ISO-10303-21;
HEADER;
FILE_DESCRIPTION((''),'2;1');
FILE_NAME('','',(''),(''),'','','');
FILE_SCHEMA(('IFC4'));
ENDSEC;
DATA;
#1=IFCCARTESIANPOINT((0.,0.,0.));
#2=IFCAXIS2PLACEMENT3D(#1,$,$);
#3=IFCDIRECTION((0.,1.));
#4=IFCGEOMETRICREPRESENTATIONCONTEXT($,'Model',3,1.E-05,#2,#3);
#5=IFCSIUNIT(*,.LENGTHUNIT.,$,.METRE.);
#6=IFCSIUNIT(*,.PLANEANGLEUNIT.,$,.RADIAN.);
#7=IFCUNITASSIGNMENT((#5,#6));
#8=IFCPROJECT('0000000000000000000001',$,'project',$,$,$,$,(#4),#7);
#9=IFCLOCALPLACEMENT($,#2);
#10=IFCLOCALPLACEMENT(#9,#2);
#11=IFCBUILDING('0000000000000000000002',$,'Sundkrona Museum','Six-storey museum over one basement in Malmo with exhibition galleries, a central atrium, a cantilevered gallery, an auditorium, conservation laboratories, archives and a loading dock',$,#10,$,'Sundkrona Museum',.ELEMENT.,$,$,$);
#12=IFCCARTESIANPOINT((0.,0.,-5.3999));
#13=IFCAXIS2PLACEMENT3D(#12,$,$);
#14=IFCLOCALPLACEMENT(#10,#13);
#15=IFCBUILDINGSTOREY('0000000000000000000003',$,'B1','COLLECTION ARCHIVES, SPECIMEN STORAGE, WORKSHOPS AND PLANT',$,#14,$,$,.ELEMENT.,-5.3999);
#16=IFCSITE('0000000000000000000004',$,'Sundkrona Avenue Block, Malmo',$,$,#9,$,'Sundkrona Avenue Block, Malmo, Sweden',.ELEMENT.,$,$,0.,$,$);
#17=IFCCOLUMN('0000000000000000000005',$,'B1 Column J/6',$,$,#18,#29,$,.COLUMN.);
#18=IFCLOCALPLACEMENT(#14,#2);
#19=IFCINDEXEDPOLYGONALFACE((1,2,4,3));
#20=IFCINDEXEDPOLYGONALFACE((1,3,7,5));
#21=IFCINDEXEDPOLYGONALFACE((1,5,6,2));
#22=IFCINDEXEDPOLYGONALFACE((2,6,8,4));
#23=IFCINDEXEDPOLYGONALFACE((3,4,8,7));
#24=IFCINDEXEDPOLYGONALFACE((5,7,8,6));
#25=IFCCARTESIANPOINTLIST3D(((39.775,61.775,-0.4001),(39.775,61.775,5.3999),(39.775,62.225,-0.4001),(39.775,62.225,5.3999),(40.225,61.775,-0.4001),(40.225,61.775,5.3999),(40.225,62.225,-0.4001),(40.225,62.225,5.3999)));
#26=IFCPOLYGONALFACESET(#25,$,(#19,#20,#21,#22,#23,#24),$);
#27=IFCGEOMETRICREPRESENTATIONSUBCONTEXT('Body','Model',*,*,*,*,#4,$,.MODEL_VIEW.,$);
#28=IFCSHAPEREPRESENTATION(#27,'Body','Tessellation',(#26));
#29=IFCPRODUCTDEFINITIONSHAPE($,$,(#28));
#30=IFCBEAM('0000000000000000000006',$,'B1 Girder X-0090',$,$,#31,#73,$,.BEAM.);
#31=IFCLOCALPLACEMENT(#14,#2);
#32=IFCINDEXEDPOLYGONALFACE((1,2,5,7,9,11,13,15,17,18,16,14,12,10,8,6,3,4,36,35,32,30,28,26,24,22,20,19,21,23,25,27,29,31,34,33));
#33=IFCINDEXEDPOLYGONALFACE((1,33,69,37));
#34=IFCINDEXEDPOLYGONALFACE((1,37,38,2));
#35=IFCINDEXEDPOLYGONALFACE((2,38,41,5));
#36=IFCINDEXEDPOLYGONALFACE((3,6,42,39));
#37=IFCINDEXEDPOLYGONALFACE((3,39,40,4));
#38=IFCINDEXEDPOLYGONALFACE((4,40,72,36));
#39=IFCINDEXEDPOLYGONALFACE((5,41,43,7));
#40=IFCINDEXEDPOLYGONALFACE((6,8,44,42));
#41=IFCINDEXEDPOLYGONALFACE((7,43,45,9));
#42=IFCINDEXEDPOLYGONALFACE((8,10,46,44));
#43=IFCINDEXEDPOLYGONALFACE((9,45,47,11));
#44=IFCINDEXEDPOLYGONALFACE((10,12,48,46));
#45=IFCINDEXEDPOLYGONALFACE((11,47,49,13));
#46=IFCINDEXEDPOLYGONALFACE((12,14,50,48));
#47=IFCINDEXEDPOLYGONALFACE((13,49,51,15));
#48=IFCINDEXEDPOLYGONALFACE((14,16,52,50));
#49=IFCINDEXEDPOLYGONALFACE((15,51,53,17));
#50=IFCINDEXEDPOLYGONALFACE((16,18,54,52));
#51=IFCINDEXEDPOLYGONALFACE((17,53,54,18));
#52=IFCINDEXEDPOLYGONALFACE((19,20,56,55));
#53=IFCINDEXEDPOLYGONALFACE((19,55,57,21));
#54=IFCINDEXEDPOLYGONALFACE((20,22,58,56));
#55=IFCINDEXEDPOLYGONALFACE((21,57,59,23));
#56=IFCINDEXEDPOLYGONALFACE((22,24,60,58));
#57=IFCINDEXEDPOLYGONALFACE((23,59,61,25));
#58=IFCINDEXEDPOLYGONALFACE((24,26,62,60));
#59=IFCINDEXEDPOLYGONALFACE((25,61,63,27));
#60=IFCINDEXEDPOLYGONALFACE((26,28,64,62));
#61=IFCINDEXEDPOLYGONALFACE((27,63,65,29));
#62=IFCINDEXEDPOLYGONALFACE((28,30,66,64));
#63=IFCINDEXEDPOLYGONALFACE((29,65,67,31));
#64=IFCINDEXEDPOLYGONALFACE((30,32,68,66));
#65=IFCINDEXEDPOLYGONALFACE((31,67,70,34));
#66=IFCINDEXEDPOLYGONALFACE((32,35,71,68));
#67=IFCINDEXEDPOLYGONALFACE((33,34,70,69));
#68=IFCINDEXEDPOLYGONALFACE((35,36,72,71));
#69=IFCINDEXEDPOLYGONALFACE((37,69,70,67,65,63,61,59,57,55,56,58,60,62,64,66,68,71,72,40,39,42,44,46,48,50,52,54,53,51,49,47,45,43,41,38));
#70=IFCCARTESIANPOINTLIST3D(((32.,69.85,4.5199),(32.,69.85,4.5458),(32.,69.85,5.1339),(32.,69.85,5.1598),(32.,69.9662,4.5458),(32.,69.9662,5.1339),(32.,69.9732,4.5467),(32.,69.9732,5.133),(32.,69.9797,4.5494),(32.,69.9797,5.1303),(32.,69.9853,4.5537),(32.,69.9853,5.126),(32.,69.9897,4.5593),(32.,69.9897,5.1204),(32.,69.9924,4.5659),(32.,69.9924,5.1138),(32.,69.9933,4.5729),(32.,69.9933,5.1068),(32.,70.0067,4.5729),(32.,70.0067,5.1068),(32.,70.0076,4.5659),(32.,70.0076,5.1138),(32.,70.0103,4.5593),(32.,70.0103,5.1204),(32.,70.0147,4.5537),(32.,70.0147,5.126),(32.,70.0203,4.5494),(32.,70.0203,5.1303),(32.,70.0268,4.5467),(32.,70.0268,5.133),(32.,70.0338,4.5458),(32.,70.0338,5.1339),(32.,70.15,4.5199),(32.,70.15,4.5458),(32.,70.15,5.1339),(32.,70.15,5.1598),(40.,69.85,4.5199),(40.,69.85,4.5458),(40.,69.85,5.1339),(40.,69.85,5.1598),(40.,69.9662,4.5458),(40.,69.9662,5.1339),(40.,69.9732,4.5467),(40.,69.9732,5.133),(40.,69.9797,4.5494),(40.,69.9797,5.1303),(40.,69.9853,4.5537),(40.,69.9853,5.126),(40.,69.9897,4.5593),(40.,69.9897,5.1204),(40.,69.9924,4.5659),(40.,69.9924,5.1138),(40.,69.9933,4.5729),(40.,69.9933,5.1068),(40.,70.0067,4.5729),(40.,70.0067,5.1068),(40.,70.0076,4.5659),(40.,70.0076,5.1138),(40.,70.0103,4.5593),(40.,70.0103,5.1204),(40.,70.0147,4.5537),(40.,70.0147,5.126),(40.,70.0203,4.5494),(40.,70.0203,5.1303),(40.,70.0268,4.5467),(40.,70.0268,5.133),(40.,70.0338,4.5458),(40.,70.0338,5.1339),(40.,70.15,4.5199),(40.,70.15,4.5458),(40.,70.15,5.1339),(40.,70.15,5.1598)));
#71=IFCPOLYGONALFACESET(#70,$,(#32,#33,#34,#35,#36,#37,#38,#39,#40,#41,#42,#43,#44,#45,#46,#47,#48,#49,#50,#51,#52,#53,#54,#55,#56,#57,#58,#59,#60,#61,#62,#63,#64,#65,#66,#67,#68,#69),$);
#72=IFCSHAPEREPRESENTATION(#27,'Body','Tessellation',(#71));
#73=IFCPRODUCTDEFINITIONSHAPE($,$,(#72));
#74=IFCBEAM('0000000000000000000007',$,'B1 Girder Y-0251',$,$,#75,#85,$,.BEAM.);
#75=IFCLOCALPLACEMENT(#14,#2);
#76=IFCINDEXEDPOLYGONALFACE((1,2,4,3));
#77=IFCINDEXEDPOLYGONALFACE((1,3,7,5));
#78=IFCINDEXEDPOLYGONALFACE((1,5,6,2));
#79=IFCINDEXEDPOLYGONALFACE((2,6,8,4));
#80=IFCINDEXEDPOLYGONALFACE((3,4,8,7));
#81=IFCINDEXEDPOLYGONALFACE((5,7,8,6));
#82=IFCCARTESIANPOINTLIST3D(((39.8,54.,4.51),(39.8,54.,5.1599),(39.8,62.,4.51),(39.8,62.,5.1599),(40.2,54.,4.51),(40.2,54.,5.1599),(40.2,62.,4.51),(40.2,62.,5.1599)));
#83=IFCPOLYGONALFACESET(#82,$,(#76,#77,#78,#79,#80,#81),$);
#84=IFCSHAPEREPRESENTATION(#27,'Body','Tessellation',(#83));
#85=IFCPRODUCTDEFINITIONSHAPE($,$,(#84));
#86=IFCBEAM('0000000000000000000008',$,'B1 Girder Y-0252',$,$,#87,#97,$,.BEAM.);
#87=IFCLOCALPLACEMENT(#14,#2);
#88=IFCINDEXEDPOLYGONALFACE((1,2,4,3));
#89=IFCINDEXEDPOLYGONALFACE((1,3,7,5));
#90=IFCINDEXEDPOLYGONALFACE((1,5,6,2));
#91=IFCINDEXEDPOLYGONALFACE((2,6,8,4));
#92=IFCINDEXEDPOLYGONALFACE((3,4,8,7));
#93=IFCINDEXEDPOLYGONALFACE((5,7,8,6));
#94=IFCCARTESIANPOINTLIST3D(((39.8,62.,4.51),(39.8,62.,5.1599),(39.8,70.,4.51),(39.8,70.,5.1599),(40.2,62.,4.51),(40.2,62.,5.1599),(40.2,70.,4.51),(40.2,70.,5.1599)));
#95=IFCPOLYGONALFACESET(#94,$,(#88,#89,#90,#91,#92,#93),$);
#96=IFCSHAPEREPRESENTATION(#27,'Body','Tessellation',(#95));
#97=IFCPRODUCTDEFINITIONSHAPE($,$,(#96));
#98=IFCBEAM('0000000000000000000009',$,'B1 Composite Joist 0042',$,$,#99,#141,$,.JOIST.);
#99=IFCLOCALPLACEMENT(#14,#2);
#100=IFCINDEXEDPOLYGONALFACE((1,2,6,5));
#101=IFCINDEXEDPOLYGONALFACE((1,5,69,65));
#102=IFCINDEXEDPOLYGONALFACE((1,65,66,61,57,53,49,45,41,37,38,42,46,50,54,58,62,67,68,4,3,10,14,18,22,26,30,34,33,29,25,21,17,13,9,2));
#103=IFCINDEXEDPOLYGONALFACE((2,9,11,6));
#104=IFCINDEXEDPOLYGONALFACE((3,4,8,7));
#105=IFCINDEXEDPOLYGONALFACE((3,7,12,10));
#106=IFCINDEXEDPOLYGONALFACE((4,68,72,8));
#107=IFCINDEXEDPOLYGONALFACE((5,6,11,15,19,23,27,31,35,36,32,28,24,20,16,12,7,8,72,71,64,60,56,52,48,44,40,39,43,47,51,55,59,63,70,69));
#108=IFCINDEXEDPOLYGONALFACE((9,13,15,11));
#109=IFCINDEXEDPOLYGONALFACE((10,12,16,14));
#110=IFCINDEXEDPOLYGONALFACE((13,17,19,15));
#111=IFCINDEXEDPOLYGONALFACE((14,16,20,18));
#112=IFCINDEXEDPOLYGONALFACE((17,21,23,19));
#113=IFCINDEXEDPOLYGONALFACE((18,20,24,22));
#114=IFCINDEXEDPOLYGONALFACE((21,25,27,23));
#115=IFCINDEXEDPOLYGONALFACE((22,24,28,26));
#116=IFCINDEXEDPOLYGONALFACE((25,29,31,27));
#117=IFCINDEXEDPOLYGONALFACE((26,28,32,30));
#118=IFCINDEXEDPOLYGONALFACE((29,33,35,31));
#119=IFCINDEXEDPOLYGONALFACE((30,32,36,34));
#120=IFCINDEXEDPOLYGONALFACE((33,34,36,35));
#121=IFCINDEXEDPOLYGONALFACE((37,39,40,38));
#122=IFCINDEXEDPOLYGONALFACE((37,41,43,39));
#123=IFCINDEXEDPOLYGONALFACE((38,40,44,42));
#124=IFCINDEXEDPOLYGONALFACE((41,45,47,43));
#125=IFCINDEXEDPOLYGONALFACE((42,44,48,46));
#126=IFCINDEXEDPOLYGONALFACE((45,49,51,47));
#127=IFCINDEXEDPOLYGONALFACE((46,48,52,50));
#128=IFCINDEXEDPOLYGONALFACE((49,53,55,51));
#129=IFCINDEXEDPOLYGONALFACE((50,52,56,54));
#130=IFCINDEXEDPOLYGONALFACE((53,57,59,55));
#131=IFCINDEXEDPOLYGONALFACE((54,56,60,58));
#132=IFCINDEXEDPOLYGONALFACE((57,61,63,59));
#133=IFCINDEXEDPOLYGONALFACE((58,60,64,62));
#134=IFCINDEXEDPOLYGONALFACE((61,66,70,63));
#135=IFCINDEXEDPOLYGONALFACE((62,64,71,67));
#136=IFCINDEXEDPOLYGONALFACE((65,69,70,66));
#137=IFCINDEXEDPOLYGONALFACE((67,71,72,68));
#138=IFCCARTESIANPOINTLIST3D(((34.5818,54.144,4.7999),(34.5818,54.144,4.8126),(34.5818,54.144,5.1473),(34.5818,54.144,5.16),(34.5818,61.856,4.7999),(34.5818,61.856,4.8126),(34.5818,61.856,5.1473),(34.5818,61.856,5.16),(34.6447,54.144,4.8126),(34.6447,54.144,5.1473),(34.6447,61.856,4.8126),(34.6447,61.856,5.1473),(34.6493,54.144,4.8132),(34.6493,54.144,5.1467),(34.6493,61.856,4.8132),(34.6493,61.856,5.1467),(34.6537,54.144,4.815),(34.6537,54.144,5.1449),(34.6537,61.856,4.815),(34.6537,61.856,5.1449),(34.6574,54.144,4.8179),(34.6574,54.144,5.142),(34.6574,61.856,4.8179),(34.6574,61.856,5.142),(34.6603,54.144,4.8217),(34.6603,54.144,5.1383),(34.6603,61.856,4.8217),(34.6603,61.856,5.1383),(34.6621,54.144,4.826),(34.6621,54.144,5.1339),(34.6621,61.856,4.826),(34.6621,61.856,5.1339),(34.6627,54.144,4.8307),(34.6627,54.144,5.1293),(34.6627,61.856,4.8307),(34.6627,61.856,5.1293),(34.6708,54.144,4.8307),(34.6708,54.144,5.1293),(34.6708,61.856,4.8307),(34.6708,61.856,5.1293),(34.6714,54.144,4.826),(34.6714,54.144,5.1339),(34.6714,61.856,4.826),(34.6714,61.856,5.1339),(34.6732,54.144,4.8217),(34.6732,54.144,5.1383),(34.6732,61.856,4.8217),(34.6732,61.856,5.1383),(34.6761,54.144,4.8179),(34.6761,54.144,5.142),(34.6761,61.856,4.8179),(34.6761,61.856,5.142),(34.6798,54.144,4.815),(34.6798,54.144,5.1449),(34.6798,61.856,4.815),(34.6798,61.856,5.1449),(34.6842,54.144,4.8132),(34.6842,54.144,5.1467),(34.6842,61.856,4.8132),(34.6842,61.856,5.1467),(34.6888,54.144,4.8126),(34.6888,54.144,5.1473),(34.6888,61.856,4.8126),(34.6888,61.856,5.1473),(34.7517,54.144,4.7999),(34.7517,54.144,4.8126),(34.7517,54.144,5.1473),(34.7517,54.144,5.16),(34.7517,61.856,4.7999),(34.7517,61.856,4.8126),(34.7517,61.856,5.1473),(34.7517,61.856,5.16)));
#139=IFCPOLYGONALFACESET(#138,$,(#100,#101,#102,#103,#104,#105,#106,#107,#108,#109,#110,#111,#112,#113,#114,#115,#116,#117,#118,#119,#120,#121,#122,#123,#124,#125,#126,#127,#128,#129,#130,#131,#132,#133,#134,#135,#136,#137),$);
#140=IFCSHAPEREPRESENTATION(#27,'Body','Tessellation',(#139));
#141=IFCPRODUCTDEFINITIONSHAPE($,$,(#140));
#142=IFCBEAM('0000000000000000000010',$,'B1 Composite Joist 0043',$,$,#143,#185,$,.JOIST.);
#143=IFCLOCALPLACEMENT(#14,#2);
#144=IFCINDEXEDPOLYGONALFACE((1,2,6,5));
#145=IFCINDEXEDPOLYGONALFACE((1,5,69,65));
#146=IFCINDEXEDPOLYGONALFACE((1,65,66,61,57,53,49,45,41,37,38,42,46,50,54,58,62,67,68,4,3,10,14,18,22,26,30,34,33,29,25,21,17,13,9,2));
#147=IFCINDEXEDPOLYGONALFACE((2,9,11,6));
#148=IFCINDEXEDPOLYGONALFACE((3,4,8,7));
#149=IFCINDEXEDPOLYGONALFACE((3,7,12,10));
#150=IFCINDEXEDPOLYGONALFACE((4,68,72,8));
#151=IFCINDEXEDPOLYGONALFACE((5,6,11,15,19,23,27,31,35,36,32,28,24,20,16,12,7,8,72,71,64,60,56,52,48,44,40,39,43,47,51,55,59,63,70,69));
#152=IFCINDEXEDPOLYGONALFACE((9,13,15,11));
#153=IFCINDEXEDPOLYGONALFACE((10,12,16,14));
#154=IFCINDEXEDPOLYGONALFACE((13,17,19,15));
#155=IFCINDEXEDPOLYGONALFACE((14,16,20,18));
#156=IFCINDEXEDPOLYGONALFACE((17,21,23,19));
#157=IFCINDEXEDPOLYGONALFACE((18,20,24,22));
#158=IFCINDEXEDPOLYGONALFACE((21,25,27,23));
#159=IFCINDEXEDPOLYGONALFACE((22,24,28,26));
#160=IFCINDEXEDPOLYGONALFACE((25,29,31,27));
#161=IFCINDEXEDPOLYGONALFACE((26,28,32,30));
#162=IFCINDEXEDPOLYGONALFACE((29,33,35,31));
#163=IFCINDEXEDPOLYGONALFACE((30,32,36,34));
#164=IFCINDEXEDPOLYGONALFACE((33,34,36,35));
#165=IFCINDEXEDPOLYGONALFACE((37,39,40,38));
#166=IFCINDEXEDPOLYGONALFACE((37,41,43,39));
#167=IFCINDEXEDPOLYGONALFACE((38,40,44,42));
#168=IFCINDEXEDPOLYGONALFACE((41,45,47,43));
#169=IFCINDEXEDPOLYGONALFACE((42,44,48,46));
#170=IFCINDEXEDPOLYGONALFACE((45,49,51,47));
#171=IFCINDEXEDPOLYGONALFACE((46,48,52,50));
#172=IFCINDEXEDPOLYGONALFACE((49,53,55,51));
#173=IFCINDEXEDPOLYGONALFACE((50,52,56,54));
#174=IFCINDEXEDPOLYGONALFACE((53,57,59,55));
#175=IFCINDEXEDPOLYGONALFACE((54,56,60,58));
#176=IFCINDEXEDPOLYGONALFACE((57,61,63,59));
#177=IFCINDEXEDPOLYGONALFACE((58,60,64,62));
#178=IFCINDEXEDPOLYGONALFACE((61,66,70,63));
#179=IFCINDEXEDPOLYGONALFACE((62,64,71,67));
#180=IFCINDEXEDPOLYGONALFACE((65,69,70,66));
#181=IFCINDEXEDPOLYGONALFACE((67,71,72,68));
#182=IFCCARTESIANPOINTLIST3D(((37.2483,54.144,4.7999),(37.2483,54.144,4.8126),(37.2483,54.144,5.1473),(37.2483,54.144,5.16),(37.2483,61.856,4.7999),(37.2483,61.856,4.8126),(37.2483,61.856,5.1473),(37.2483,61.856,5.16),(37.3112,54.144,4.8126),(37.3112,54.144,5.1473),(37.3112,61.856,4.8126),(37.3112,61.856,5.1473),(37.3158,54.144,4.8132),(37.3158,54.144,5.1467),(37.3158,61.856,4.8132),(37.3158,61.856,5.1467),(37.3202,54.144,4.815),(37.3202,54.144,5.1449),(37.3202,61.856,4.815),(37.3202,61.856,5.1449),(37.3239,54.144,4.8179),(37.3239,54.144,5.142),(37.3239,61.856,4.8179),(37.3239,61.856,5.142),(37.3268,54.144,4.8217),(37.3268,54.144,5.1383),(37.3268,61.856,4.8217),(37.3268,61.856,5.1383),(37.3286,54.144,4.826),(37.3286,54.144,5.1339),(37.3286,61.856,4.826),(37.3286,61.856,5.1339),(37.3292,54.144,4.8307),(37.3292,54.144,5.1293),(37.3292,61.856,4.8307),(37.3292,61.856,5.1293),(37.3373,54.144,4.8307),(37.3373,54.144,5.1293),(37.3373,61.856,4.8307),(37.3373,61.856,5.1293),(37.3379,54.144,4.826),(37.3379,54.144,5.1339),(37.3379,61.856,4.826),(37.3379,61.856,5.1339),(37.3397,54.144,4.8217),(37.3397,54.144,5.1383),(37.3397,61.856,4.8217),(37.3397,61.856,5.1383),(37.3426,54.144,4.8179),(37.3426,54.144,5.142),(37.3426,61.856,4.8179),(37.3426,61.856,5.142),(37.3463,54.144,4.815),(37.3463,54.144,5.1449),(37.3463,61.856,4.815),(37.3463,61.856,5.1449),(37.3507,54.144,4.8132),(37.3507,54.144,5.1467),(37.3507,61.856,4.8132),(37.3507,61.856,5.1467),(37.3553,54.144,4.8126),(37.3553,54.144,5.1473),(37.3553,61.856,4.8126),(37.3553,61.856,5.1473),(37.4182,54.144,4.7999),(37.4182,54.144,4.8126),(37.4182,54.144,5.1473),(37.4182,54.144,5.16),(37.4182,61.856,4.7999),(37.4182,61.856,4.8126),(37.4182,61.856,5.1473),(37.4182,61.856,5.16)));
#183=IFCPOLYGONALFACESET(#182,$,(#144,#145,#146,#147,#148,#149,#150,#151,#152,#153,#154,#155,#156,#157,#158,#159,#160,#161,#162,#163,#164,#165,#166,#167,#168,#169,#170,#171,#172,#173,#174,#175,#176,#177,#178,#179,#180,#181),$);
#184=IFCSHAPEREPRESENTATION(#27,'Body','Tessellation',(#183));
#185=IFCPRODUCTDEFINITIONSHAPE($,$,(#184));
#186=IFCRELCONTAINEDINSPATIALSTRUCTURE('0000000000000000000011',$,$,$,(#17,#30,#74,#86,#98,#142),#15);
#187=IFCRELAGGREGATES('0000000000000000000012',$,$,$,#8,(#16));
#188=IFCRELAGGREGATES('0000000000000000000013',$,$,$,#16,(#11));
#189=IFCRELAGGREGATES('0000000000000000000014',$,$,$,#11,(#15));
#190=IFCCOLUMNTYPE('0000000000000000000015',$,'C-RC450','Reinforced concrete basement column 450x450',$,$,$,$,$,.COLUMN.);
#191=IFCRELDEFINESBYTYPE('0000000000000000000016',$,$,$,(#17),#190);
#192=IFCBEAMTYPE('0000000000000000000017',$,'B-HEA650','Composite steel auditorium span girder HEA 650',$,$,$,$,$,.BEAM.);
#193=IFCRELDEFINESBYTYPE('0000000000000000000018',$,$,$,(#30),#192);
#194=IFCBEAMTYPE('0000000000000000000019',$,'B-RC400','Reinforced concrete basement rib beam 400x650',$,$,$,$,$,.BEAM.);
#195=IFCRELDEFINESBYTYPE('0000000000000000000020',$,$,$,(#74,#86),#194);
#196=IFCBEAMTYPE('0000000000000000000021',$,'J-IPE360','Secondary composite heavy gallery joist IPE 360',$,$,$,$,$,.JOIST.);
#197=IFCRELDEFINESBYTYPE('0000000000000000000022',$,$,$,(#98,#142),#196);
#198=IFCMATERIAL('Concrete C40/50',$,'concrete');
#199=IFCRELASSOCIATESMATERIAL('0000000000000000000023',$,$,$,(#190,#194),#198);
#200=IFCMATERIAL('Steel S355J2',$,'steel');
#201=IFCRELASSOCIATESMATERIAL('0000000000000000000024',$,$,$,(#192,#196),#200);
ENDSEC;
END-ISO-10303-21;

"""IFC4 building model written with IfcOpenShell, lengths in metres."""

from ifc_helpers import new_model, si_unit, direction, frame, origin, origin_2d, place, context, subcontext, project, spatial, rectangle, i_section, extrude, material, material_profile, profile_set, type_object, element, save


model = new_model("IFC4")

# Units and contexts
model_context = context("Model", 3, precision=1e-05, world=origin(), true_north=direction((0.0, 1.0)))
body_context = subcontext(model_context, "Body", "Model", "MODEL_VIEW")
ifc_project = project(units=[si_unit("LENGTHUNIT", "METRE"), si_unit("PLANEANGLEUNIT", "RADIAN")], contexts=[model_context])

# Site, building, storey
site_placement = place(None, origin())
site = spatial("IfcSite", under=ifc_project, at=site_placement, Name="Sundkrona Avenue Block, Malmo", LongName="Sundkrona Avenue Block, Malmo, Sweden", CompositionType="ELEMENT", RefElevation=0.0)
building_placement = place(site_placement, origin())
building = spatial("IfcBuilding", under=site, at=building_placement, Name="Sundkrona Museum", Description="Six-storey museum over one basement in Malmo with exhibition galleries, a central atrium, a cantilevered gallery, an auditorium, conservation laboratories, archives and a loading dock", LongName="Sundkrona Museum", CompositionType="ELEMENT")
storey_placement = place(building_placement, frame((0.0, 0.0, -5.3999)))
storey = spatial("IfcBuildingStorey", under=building, at=storey_placement, Name="B1", Description="COLLECTION ARCHIVES, SPECIMEN STORAGE, WORKSHOPS AND PLANT", CompositionType="ELEMENT", Elevation=-5.3999)

# Shared definitions
ifc_material_1 = material(Name="Concrete C40/50", Category="concrete")

# Column
ifc_material_profile_1 = material_profile(ifc_material_1, rectangle(XDim=0.45, YDim=0.45, at=origin_2d()), Name="RC 450x450")
ifc_profile_set_1 = profile_set([ifc_material_profile_1], Name="Concrete C40/50")
column_type_1 = type_object("IfcColumnType", Name="C-RC450", Description="Reinforced concrete basement column 450x450", PredefinedType="COLUMN", material=ifc_profile_set_1)
column_1_placement = place(storey_placement, frame((40.0, 62.0, -0.4001), z_axis=(0.0, 0.0, 1.0), x_axis=(1.0, 0.0, 0.0)))
element("IfcColumn", 1, at=column_1_placement, inside=storey, type_object=column_type_1, Name="B1 Column J/6", PredefinedType="COLUMN", context=body_context, shape_type="SweptSolid", body=[
    extrude(rectangle(XDim=0.45, YDim=0.45, at=origin_2d()), origin(), (0.0, 0.0, 1.0), 5.8),
])

# Beams
ifc_material_2 = material(Name="Steel S355J2", Category="steel")
ifc_material_profile_2 = material_profile(ifc_material_2, i_section(OverallWidth=0.3, OverallDepth=0.6399, WebThickness=0.0134, FlangeThickness=0.0259, FilletRadius=0.0271, at=origin_2d()), Name="HEA 650")
ifc_profile_set_2 = profile_set([ifc_material_profile_2], Name="Steel S355J2")
beam_type_1 = type_object("IfcBeamType", Name="B-HEA650", Description="Composite steel auditorium span girder HEA 650", PredefinedType="BEAM", material=ifc_profile_set_2)
beam_placement = place(storey_placement, frame((32.0, 70.0, 4.8398), z_axis=(1.0, 0.0, 0.0), x_axis=(0.0, 1.0, 0.0)))
element("IfcBeam", 2, at=beam_placement, inside=storey, type_object=beam_type_1, Name="B1 Girder X-0090", PredefinedType="BEAM", context=body_context, shape_type="SweptSolid", body=[
    extrude(i_section(OverallWidth=0.3, OverallDepth=0.6399, WebThickness=0.0134, FlangeThickness=0.0259, FilletRadius=0.0271, at=origin_2d()), origin(), (0.0, 0.0, 1.0), 8.0),
])
ifc_material_profile_3 = material_profile(ifc_material_1, rectangle(XDim=0.3999, YDim=0.6499, at=origin_2d()), Name="RCB 400x650")
ifc_profile_set_3 = profile_set([ifc_material_profile_3], Name="Concrete C40/50")
beam_type_2 = type_object("IfcBeamType", Name="B-RC400", Description="Reinforced concrete basement rib beam 400x650", PredefinedType="BEAM", material=ifc_profile_set_3)
for number, where, z_axis, x_axis, name in (
    (3, (40.0, 54.0, 4.835), (0.0, 1.0, 0.0), (-1.0, 0.0, 0.0), "B1 Girder Y-0251"),
    (4, (40.0, 62.0, 4.835), (0.0, 1.0, 0.0), (-1.0, 0.0, 0.0), "B1 Girder Y-0252"),
):
    element("IfcBeam", number, at=place(storey_placement, frame(where, z_axis=z_axis, x_axis=x_axis)), inside=storey, type_object=beam_type_2, Name=name, PredefinedType="BEAM", context=body_context, shape_type="SweptSolid", body=[
        extrude(rectangle(XDim=0.3999, YDim=0.6499, at=origin_2d()), origin(), (0.0, 0.0, 1.0), 8.0),
    ])
ifc_material_profile_4 = material_profile(ifc_material_2, i_section(OverallWidth=0.1699, OverallDepth=0.3601, WebThickness=0.0081, FlangeThickness=0.0127, FilletRadius=0.0181, at=origin_2d()), Name="IPE 360")
ifc_profile_set_4 = profile_set([ifc_material_profile_4], Name="Steel S355J2")
beam_type_3 = type_object("IfcBeamType", Name="J-IPE360", Description="Secondary composite heavy gallery joist IPE 360", PredefinedType="JOIST", material=ifc_profile_set_4)
for number, where, z_axis, x_axis, name in (
    (5, (34.6667, 54.144, 4.98), (0.0, 1.0, 0.0), (-1.0, 0.0, 0.0), "B1 Composite Joist 0042"),
    (6, (37.3333, 54.144, 4.98), (0.0, 1.0, 0.0), (-1.0, 0.0, 0.0), "B1 Composite Joist 0043"),
):
    element("IfcBeam", number, at=place(storey_placement, frame(where, z_axis=z_axis, x_axis=x_axis)), inside=storey, type_object=beam_type_3, Name=name, PredefinedType="JOIST", context=body_context, shape_type="SweptSolid", body=[
        extrude(i_section(OverallWidth=0.1699, OverallDepth=0.3601, WebThickness=0.0081, FlangeThickness=0.0127, FilletRadius=0.0181, at=origin_2d()), origin(), (0.0, 0.0, 1.0), 7.7119),
    ])

save(model, "model.ifc")
